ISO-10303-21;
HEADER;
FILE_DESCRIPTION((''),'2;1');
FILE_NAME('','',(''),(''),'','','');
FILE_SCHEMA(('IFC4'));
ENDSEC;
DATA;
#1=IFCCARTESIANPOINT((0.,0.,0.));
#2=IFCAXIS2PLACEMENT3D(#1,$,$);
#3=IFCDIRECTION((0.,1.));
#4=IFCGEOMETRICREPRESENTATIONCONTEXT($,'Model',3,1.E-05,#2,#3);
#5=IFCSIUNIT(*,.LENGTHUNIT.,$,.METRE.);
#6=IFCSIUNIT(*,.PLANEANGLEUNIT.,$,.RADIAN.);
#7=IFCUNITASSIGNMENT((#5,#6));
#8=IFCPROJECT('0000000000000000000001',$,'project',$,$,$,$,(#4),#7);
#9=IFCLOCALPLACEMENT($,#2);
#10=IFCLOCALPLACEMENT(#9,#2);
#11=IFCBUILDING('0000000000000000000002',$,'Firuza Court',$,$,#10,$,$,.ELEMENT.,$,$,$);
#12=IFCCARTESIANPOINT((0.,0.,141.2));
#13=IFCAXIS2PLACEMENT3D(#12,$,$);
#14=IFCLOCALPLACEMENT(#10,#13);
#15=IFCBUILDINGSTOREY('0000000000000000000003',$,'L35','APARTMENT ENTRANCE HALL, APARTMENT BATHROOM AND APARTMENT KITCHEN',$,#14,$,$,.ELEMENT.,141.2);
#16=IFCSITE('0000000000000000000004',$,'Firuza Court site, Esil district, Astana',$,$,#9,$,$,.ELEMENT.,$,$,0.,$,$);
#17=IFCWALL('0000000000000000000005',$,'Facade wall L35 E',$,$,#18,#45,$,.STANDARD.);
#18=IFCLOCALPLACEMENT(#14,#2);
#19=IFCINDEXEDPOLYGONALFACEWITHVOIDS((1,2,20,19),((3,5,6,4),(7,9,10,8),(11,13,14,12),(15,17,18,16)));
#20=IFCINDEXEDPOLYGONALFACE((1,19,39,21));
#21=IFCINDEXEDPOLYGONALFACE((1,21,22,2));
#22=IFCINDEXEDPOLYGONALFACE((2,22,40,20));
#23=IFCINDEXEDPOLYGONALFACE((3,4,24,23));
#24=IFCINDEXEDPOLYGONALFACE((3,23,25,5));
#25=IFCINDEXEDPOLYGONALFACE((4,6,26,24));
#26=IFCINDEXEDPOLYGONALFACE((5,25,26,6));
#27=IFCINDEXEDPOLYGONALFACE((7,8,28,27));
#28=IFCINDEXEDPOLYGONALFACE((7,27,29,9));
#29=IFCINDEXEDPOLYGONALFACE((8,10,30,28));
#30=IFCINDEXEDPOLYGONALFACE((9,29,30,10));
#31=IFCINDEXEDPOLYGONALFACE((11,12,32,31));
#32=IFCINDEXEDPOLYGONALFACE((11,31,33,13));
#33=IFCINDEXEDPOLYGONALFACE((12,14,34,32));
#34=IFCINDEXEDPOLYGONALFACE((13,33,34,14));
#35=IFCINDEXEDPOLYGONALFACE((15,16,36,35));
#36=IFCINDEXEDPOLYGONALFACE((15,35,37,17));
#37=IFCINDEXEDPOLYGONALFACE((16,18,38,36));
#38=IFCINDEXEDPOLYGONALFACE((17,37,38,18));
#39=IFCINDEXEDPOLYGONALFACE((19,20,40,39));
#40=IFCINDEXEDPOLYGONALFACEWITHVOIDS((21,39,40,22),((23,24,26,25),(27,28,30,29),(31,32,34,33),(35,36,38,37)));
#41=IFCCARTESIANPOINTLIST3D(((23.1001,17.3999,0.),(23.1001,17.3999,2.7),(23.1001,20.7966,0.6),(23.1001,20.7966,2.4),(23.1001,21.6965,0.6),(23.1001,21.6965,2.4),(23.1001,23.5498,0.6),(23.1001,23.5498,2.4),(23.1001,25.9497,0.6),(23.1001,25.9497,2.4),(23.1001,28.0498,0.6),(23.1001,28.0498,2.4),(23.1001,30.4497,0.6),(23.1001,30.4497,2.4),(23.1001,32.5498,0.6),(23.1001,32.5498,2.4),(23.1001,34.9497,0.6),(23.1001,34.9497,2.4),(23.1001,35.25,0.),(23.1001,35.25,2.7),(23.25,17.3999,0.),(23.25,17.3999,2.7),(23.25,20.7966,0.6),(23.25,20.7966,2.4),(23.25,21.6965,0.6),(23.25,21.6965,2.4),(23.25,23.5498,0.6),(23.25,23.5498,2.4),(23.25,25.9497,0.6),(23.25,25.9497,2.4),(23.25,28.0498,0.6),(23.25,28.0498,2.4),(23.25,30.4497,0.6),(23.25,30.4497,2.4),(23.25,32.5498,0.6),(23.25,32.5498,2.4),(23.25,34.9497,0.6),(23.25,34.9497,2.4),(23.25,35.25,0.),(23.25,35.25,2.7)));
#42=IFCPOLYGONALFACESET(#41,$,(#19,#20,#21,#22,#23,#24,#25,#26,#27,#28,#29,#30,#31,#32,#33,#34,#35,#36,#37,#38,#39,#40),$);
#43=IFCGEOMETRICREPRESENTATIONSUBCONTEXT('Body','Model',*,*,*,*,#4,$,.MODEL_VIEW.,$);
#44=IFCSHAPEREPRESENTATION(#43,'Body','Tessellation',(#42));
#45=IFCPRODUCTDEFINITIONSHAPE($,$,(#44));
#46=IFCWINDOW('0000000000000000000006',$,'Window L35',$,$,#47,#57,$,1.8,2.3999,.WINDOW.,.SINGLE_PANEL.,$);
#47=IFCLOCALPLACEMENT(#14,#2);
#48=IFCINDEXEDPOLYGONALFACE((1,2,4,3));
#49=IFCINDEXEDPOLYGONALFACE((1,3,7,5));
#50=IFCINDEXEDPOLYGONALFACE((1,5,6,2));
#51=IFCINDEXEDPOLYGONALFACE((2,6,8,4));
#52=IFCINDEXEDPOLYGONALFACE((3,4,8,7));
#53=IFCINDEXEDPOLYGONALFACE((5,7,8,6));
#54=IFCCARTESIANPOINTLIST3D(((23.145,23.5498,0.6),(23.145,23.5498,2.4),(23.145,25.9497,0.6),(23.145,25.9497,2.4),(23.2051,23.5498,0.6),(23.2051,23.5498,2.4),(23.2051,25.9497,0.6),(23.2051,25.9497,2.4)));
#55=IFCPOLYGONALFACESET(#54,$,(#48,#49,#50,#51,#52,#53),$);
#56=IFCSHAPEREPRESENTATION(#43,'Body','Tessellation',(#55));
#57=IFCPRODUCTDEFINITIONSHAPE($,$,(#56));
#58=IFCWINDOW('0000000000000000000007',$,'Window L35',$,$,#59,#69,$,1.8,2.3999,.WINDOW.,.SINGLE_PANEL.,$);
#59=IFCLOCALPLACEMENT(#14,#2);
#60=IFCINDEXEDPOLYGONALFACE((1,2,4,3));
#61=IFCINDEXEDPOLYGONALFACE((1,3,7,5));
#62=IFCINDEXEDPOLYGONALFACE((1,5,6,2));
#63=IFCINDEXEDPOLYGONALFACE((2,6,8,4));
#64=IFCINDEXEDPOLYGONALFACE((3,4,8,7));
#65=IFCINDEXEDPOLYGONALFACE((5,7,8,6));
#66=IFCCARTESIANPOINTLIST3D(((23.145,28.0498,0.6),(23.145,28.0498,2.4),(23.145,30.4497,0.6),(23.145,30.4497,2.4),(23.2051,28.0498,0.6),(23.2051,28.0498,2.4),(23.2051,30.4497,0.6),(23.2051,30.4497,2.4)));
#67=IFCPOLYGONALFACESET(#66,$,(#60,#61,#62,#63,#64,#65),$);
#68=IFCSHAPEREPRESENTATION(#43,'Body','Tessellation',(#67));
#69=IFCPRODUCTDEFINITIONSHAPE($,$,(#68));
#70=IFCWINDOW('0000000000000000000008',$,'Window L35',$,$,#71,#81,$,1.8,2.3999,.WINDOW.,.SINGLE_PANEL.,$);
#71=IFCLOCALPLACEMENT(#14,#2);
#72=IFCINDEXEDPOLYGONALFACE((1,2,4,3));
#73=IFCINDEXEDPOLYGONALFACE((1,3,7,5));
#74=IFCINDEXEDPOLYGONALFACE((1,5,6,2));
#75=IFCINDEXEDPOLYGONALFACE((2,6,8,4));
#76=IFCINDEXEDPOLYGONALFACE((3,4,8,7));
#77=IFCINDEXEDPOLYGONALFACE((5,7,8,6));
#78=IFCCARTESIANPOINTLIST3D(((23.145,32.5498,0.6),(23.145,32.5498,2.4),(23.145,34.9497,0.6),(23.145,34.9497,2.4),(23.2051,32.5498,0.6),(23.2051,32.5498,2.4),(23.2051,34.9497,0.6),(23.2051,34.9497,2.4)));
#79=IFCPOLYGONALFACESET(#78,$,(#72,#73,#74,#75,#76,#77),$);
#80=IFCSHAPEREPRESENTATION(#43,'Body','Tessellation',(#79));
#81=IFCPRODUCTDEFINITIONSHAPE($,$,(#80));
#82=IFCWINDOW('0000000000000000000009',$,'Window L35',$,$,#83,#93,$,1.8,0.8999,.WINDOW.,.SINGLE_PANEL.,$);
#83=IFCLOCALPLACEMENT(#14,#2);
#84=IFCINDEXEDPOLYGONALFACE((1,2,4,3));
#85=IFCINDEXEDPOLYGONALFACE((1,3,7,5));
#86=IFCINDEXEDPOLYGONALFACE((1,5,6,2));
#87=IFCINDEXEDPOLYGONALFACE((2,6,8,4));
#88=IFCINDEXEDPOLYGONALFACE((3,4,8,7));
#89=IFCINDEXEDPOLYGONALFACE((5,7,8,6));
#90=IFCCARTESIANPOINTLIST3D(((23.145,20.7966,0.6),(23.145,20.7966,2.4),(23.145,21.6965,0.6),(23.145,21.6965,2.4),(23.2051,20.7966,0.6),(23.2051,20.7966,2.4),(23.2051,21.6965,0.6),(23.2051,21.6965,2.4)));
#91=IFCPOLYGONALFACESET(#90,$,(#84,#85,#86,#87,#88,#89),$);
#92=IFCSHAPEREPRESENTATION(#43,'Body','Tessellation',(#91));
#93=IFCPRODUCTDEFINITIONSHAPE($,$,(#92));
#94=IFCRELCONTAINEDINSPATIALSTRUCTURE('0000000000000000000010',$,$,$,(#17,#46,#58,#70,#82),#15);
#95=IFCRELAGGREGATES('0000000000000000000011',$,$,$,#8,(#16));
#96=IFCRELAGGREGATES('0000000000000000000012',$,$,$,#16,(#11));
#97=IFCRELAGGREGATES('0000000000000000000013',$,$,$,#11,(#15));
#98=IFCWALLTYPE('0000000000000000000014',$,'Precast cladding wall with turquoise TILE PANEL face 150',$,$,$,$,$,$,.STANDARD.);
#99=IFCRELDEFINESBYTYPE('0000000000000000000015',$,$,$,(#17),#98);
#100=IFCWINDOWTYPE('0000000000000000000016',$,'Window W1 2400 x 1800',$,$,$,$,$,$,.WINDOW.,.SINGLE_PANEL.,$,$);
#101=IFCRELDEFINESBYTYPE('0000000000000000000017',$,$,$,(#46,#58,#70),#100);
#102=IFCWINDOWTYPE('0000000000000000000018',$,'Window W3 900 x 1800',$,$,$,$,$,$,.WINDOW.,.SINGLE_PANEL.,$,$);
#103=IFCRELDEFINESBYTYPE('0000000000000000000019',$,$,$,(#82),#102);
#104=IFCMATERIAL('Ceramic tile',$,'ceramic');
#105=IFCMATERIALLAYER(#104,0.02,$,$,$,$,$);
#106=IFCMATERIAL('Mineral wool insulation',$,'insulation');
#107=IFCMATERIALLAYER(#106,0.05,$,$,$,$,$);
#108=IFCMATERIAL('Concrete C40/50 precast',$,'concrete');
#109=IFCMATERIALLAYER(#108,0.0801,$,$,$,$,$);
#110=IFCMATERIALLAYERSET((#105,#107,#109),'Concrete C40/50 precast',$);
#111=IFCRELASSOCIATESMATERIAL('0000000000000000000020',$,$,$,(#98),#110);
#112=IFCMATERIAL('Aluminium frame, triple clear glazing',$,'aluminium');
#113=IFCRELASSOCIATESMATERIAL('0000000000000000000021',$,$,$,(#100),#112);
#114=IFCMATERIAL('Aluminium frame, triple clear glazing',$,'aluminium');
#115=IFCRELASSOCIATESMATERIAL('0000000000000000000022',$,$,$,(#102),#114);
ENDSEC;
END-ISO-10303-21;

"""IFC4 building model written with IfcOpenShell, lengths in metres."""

from ifc_helpers import new_model, si_unit, direction, frame, frame_2d, origin, place, context, subcontext, project, spatial, rectangle, extrude, material, layer, layer_set, type_object, element, fill, save


model = new_model("IFC4")

# Units and contexts
model_context = context("Model", 3, precision=1e-05, world=origin(), true_north=direction((0.0, 1.0)))
body_context = subcontext(model_context, "Body", "Model", "MODEL_VIEW")
ifc_project = project(units=[si_unit("LENGTHUNIT", "METRE"), si_unit("PLANEANGLEUNIT", "RADIAN")], contexts=[model_context])

# Site, building, storey
site_placement = place(None, origin())
site = spatial("IfcSite", under=ifc_project, at=site_placement, Name="Firuza Court site, Esil district, Astana", CompositionType="ELEMENT", RefElevation=0.0)
building_placement = place(site_placement, origin())
building = spatial("IfcBuilding", under=site, at=building_placement, Name="Firuza Court", CompositionType="ELEMENT")
storey_placement = place(building_placement, frame((0.0, 0.0, 141.2)))
storey = spatial("IfcBuildingStorey", under=building, at=storey_placement, Name="L35", Description="APARTMENT ENTRANCE HALL, APARTMENT BATHROOM AND APARTMENT KITCHEN", CompositionType="ELEMENT", Elevation=141.2)

# Shared definitions
ifc_material_1 = material(Name="Ceramic tile", Category="ceramic")
ifc_layer_1 = layer(ifc_material_1, 0.02)
ifc_material_2 = material(Name="Mineral wool insulation", Category="insulation")
ifc_layer_2 = layer(ifc_material_2, 0.05)
ifc_material_3 = material(Name="Concrete C40/50 precast", Category="concrete")
ifc_layer_3 = layer(ifc_material_3, 0.0801)
ifc_layer_set_1 = layer_set([ifc_layer_1, ifc_layer_2, ifc_layer_3], Name="Concrete C40/50 precast")
wall_type_1 = type_object("IfcWallType", Name="Precast cladding wall with turquoise TILE PANEL face 150", PredefinedType="STANDARD", material=ifc_layer_set_1)
ifc_material_4 = material(Name="Aluminium frame, triple clear glazing", Category="aluminium")
window_type_1 = type_object("IfcWindowType", Name="Window W1 2400 x 1800", PartitioningType="SINGLE_PANEL", PredefinedType="WINDOW", material=ifc_material_4)

# Wall, openings, windows
wall_1_placement = place(storey_placement, frame((23.175, 17.3999, 0.0), z_axis=(0.0, 0.0, 1.0), x_axis=(0.0, 1.0, 0.0)))
wall_1 = element("IfcWall", 1, at=wall_1_placement, inside=storey, type_object=wall_type_1, Name="Facade wall L35 E", PredefinedType="STANDARD", context=body_context, shape_type="SweptSolid", body=[
    extrude(rectangle(XDim=17.8501, YDim=0.1499, at=frame_2d((8.925, 0.0))), origin(), (0.0, 0.0, 1.0), 2.7),
])
opening_1_placement = place(wall_1_placement, frame((3.3967, 0.0, 0.6001)))
opening_1 = element("IfcOpeningElement", 2, at=opening_1_placement, cuts=wall_1, PredefinedType="OPENING", context=body_context, shape_type="SweptSolid", body=[
    extrude(rectangle(XDim=0.8999, YDim=1.8, at=frame_2d((0.45, 0.8999))), frame((0.0, 0.0869, 0.0), z_axis=(0.0, -1.0, 0.0), x_axis=(1.0, 0.0, 0.0)), (0.0, 0.0, 1.0), 0.1738),
])
opening_2_placement = place(wall_1_placement, frame((6.1499, 0.0, 0.6001)))
opening_2 = element("IfcOpeningElement", 3, at=opening_2_placement, cuts=wall_1, PredefinedType="OPENING", context=body_context, shape_type="SweptSolid", body=[
    extrude(rectangle(XDim=2.3999, YDim=1.8, at=frame_2d((1.2, 0.8999))), frame((0.0, 0.0869, 0.0), z_axis=(0.0, -1.0, 0.0), x_axis=(1.0, 0.0, 0.0)), (0.0, 0.0, 1.0), 0.1738),
])
opening_3_placement = place(wall_1_placement, frame((10.6499, 0.0, 0.6001)))
opening_3 = element("IfcOpeningElement", 4, at=opening_3_placement, cuts=wall_1, PredefinedType="OPENING", context=body_context, shape_type="SweptSolid", body=[
    extrude(rectangle(XDim=2.3999, YDim=1.8, at=frame_2d((1.2, 0.8999))), frame((0.0, 0.0869, 0.0), z_axis=(0.0, -1.0, 0.0), x_axis=(1.0, 0.0, 0.0)), (0.0, 0.0, 1.0), 0.1738),
])
opening_4_placement = place(wall_1_placement, frame((15.1499, 0.0, 0.6001)))
opening_4 = element("IfcOpeningElement", 5, at=opening_4_placement, cuts=wall_1, PredefinedType="OPENING", context=body_context, shape_type="SweptSolid", body=[
    extrude(rectangle(XDim=2.3999, YDim=1.8, at=frame_2d((1.2, 0.8999))), frame((0.0, 0.0869, 0.0), z_axis=(0.0, -1.0, 0.0), x_axis=(1.0, 0.0, 0.0)), (0.0, 0.0, 1.0), 0.1738),
])
window_1_placement = place(opening_2_placement, origin())
window_1 = element("IfcWindow", 6, at=window_1_placement, inside=storey, type_object=window_type_1, Name="Window L35", OverallHeight=1.8, OverallWidth=2.3999, PartitioningType="SINGLE_PANEL", PredefinedType="WINDOW", context=body_context, shape_type="SweptSolid", body=[
    extrude(rectangle(XDim=2.3999, YDim=1.8, at=frame_2d((1.2, 0.8999))), frame((0.0, 0.03, 0.0), z_axis=(0.0, -1.0, 0.0), x_axis=(1.0, 0.0, 0.0)), (0.0, 0.0, 1.0), 0.0601),
])
fill(opening_2, window_1)
window_2_placement = place(opening_3_placement, origin())
window_2 = element("IfcWindow", 7, at=window_2_placement, inside=storey, type_object=window_type_1, Name="Window L35", OverallHeight=1.8, OverallWidth=2.3999, PartitioningType="SINGLE_PANEL", PredefinedType="WINDOW", context=body_context, shape_type="SweptSolid", body=[
    extrude(rectangle(XDim=2.3999, YDim=1.8, at=frame_2d((1.2, 0.8999))), frame((0.0, 0.03, 0.0), z_axis=(0.0, -1.0, 0.0), x_axis=(1.0, 0.0, 0.0)), (0.0, 0.0, 1.0), 0.0601),
])
fill(opening_3, window_2)
window_3_placement = place(opening_4_placement, origin())
window_3 = element("IfcWindow", 8, at=window_3_placement, inside=storey, type_object=window_type_1, Name="Window L35", OverallHeight=1.8, OverallWidth=2.3999, PartitioningType="SINGLE_PANEL", PredefinedType="WINDOW", context=body_context, shape_type="SweptSolid", body=[
    extrude(rectangle(XDim=2.3999, YDim=1.8, at=frame_2d((1.2, 0.8999))), frame((0.0, 0.03, 0.0), z_axis=(0.0, -1.0, 0.0), x_axis=(1.0, 0.0, 0.0)), (0.0, 0.0, 1.0), 0.0601),
])
fill(opening_4, window_3)
ifc_material_5 = material(Name="Aluminium frame, triple clear glazing", Category="aluminium")
window_type_2 = type_object("IfcWindowType", Name="Window W3 900 x 1800", PartitioningType="SINGLE_PANEL", PredefinedType="WINDOW", material=ifc_material_5)
window_4_placement = place(opening_1_placement, origin())
window_4 = element("IfcWindow", 9, at=window_4_placement, inside=storey, type_object=window_type_2, Name="Window L35", OverallHeight=1.8, OverallWidth=0.8999, PartitioningType="SINGLE_PANEL", PredefinedType="WINDOW", context=body_context, shape_type="SweptSolid", body=[
    extrude(rectangle(XDim=0.8999, YDim=1.8, at=frame_2d((0.45, 0.8999))), frame((0.0, 0.03, 0.0), z_axis=(0.0, -1.0, 0.0), x_axis=(1.0, 0.0, 0.0)), (0.0, 0.0, 1.0), 0.0601),
])
fill(opening_1, window_4)

save(model, "model.ifc")
